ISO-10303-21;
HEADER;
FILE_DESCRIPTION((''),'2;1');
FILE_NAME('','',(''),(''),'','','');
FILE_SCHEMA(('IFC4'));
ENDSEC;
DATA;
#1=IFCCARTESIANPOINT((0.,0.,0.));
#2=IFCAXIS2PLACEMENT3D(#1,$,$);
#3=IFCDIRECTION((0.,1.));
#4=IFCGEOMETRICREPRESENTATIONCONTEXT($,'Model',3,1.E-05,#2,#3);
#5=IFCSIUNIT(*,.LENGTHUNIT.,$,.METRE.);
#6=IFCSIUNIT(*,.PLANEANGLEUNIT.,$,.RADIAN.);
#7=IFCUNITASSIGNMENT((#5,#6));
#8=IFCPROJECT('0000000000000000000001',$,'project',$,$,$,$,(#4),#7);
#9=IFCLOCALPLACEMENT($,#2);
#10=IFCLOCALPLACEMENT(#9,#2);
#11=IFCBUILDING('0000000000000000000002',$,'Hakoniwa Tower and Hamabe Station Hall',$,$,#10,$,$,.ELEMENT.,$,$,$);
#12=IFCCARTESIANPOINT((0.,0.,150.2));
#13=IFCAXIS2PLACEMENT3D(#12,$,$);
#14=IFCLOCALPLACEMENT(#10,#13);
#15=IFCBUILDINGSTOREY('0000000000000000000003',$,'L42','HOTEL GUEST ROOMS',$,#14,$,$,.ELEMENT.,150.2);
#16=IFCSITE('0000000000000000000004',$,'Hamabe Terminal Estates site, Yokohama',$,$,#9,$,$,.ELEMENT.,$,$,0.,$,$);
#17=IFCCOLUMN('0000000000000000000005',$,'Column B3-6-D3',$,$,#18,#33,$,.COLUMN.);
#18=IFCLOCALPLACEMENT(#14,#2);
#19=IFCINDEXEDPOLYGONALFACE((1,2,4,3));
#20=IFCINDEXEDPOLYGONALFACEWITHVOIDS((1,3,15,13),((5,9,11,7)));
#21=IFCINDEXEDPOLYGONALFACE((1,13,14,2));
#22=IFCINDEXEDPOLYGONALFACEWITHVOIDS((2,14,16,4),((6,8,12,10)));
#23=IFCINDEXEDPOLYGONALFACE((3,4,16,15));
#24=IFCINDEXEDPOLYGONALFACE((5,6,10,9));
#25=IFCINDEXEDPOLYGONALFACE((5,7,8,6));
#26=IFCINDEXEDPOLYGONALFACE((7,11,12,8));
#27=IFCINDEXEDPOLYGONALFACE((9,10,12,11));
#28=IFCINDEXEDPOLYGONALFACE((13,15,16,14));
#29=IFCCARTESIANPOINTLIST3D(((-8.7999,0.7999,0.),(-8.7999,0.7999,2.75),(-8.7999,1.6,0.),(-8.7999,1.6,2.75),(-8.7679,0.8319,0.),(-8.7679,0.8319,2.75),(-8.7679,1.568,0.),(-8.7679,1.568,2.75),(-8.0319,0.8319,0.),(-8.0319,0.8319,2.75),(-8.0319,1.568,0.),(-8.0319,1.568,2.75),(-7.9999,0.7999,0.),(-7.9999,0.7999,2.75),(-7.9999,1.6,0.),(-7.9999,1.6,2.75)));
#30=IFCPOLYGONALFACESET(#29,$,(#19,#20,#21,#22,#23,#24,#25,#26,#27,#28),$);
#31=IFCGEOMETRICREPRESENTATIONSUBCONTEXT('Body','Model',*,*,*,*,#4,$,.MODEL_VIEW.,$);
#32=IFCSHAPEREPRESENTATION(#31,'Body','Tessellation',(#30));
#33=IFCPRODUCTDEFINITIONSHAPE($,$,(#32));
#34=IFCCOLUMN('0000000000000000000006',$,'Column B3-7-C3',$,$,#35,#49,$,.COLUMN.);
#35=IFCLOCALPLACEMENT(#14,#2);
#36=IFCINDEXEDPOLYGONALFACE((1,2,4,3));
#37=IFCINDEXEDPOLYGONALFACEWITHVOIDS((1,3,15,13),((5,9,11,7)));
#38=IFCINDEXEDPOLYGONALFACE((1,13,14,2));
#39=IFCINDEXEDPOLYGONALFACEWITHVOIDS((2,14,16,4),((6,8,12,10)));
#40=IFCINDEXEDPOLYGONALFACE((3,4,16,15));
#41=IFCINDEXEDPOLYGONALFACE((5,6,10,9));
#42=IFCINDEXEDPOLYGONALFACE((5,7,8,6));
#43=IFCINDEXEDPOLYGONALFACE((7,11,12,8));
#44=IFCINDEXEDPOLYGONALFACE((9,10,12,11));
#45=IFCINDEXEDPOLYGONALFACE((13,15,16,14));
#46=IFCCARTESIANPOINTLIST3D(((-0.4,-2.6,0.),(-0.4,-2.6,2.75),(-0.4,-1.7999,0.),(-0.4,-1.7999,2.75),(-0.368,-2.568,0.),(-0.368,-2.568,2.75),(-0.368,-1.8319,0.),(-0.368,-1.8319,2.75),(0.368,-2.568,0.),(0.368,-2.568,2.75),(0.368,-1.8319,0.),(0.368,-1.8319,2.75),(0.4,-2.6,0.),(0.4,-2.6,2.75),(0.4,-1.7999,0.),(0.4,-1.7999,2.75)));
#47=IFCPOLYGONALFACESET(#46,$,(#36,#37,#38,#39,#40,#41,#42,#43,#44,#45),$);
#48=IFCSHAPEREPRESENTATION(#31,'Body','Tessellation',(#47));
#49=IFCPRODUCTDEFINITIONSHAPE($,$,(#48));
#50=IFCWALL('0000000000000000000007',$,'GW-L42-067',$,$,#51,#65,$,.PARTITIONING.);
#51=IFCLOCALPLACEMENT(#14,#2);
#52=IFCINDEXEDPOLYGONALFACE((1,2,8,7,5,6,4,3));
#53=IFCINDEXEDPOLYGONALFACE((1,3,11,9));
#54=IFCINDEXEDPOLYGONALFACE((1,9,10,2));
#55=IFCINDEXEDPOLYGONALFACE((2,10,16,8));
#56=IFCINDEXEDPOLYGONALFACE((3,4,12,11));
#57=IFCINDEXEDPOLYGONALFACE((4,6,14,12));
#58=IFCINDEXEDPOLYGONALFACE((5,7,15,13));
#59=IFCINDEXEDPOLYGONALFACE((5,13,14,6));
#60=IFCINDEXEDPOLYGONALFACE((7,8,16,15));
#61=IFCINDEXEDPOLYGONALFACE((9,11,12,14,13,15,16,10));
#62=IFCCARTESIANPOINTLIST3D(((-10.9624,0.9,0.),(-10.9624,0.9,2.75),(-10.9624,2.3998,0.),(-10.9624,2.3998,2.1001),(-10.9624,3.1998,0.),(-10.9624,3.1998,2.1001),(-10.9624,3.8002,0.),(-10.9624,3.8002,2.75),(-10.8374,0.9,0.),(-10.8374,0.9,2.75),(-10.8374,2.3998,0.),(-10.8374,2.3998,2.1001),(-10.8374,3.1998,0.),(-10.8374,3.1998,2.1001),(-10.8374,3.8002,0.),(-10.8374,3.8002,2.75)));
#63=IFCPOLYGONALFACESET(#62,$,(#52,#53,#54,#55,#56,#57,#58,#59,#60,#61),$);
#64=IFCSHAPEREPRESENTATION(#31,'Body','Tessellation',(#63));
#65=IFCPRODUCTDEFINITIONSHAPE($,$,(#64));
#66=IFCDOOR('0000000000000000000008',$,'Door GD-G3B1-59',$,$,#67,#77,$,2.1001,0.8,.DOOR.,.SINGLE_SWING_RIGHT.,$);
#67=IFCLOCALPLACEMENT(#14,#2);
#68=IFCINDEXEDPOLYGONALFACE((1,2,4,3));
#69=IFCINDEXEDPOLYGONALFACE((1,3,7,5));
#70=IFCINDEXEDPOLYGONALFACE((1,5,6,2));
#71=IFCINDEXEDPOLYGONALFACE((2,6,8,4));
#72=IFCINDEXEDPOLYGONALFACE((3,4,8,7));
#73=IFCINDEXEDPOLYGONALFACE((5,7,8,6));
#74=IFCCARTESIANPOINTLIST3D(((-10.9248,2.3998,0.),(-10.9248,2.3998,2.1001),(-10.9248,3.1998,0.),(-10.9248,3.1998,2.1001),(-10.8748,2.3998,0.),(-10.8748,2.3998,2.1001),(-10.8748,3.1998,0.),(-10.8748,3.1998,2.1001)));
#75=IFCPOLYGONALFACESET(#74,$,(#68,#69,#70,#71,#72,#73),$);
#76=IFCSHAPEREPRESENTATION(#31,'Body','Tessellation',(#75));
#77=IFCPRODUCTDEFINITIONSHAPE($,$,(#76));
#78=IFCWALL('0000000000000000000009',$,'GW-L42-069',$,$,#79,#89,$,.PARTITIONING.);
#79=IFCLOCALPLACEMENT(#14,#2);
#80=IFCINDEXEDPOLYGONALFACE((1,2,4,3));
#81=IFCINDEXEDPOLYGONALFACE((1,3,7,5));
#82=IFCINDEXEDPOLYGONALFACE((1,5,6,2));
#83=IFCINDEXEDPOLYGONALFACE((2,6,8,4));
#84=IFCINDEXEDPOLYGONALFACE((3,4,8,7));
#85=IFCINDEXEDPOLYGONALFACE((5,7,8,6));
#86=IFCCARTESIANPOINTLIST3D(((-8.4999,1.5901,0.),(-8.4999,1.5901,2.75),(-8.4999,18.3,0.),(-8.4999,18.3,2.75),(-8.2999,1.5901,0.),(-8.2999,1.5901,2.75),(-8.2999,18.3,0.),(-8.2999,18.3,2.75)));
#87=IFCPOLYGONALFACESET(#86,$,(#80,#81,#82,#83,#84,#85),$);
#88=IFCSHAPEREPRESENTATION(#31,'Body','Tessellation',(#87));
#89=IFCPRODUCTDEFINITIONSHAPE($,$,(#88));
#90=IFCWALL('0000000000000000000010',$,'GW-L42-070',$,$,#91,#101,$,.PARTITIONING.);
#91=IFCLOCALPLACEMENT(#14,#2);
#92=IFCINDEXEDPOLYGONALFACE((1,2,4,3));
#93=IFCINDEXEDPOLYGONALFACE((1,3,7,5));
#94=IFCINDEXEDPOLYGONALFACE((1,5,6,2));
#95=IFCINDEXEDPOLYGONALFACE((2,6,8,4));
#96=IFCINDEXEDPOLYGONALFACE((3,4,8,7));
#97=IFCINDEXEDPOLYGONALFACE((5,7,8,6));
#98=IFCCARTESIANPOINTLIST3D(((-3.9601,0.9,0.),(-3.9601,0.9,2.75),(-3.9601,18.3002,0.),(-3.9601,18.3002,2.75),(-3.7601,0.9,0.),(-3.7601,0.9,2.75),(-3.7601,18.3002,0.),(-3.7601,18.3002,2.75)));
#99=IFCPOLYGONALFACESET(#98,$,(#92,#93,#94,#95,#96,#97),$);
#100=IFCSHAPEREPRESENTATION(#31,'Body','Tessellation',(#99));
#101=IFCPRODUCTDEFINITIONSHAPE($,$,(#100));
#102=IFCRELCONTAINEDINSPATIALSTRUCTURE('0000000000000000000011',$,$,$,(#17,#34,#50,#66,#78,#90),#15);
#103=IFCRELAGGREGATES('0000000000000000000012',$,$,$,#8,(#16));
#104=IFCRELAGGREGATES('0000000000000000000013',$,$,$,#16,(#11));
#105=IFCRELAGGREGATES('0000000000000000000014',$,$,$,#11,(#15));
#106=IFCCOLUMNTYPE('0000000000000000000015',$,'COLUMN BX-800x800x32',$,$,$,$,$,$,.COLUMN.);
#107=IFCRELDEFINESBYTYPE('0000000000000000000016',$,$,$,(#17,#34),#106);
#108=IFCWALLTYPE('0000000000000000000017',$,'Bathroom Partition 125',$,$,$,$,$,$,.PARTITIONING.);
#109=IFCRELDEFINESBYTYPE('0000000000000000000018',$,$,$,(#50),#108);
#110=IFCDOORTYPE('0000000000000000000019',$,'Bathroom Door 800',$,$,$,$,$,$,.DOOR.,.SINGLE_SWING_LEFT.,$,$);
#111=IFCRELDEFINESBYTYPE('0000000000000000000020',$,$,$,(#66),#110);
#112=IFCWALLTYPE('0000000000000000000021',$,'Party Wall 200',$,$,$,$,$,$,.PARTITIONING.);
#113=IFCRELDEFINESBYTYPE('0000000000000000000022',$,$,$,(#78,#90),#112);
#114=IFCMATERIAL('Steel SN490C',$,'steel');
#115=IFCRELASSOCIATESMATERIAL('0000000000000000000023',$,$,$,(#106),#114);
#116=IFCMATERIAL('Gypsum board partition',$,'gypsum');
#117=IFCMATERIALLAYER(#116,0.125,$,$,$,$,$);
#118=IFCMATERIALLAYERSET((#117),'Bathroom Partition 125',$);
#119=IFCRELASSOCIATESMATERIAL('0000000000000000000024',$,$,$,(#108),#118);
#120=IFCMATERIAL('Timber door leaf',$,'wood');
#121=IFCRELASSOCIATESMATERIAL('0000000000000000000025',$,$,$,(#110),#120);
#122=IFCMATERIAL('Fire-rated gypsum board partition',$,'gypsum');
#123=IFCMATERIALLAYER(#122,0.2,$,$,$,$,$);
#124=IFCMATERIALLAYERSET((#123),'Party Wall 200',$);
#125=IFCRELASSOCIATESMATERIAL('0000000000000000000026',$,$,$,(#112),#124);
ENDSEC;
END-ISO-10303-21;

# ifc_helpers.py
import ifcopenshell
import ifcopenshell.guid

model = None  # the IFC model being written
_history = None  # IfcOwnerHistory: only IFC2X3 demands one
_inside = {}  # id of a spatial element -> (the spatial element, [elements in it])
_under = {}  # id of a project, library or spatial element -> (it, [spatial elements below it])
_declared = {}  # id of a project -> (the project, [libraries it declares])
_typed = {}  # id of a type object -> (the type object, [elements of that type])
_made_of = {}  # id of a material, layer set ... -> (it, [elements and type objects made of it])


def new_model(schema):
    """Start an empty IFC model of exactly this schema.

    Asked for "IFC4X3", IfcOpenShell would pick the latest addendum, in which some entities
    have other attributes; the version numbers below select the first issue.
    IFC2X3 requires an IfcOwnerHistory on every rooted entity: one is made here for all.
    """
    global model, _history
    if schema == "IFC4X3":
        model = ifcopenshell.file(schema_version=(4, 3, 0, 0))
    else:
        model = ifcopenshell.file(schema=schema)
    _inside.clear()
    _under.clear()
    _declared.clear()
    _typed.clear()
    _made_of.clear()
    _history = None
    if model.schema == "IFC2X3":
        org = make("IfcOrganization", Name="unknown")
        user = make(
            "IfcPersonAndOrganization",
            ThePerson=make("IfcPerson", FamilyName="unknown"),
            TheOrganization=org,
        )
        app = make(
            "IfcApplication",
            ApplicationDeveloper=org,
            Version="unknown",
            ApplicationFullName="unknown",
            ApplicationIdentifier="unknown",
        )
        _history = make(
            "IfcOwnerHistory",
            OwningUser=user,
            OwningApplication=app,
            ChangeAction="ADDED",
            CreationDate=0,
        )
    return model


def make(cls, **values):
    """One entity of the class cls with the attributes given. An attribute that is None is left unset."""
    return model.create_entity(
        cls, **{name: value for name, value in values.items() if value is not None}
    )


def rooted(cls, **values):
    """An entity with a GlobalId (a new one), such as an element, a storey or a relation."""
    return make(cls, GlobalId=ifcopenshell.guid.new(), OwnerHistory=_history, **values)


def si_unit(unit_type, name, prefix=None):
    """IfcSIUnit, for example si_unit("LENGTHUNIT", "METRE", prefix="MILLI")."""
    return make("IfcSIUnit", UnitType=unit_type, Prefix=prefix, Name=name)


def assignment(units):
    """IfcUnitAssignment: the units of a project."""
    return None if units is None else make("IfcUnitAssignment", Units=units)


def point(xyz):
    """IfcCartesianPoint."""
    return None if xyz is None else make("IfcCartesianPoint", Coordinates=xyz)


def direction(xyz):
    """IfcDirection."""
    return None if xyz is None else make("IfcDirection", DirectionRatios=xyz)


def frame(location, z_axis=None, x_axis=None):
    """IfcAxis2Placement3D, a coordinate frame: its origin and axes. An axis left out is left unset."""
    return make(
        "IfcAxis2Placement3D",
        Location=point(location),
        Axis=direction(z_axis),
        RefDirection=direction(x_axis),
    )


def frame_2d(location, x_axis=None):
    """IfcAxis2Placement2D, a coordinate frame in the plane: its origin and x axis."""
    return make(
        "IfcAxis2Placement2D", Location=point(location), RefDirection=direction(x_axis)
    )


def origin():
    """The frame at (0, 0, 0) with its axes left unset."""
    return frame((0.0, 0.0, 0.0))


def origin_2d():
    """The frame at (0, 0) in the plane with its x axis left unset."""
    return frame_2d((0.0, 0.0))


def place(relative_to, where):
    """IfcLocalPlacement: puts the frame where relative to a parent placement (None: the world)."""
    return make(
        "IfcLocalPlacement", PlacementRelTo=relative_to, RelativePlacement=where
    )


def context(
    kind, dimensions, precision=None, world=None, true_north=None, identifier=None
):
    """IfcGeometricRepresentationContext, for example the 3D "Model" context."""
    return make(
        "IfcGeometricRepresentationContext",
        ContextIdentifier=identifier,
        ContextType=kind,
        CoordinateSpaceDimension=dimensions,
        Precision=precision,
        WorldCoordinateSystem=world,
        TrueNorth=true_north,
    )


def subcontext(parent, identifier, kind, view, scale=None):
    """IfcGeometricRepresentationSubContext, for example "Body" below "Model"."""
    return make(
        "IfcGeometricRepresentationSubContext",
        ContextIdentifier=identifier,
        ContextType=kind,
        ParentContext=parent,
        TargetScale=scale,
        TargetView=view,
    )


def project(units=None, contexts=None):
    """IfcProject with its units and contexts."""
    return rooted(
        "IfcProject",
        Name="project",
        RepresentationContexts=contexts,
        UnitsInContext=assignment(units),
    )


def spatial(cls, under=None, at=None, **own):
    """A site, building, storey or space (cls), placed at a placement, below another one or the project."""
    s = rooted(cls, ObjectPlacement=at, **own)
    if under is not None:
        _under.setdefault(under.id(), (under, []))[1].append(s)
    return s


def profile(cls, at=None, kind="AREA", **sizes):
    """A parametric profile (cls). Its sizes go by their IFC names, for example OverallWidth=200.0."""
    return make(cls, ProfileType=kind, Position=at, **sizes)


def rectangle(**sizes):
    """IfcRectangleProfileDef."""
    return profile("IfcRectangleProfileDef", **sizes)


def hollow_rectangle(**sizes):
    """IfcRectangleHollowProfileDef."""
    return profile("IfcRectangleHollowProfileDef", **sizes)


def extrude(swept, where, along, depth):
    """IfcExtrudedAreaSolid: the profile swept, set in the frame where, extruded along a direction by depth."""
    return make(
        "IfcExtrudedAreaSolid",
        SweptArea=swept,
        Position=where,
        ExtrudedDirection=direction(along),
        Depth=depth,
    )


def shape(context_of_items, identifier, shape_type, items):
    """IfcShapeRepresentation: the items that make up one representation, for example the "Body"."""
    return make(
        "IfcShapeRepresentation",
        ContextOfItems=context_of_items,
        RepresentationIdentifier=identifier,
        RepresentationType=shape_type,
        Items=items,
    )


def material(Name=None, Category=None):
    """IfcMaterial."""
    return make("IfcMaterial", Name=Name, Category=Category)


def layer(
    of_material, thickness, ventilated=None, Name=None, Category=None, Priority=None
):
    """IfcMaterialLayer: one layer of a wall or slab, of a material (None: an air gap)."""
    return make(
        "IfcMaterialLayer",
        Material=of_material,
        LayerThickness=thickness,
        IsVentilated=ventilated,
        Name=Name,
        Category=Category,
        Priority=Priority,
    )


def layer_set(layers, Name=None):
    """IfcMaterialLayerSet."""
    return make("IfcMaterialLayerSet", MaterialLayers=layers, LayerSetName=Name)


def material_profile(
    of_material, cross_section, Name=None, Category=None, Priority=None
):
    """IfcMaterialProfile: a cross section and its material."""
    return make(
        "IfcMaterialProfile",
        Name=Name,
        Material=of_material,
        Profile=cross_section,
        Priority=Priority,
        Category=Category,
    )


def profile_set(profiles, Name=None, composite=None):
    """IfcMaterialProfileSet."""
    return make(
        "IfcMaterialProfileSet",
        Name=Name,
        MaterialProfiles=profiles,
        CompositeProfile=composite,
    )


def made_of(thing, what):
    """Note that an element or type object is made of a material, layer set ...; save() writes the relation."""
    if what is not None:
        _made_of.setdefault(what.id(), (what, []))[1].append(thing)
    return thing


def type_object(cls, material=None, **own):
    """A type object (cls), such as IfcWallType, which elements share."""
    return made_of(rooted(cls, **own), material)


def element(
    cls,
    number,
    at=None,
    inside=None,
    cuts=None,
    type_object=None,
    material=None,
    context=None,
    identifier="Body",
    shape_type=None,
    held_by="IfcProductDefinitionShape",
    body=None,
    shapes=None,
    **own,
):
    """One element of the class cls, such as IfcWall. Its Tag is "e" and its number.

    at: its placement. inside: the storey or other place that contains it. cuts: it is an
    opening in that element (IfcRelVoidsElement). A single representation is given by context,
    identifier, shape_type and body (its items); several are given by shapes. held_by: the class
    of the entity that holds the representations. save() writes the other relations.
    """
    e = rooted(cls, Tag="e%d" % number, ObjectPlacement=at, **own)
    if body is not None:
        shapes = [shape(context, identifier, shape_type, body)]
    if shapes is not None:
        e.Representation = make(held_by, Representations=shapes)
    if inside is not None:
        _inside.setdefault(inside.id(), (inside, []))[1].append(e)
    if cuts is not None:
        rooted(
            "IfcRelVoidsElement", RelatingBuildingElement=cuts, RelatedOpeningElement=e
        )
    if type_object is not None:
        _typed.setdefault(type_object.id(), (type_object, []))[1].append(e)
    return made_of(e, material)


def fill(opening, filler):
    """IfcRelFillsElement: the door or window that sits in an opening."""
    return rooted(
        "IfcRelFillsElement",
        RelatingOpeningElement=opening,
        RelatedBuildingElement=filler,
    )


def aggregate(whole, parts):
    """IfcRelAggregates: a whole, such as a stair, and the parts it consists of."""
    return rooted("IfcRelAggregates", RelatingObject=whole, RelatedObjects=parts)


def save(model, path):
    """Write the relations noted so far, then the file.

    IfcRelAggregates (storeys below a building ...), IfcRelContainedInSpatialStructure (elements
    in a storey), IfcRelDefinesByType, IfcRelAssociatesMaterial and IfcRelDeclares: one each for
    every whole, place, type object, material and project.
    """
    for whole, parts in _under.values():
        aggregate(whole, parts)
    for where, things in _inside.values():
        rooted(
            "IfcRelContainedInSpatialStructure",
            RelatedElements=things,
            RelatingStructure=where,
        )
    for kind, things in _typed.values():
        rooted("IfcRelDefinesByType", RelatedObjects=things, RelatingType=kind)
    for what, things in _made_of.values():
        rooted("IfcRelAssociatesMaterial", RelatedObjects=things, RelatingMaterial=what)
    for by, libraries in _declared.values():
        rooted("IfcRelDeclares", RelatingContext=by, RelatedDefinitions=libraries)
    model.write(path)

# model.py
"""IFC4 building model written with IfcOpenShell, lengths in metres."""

from ifc_helpers import new_model, si_unit, direction, frame, frame_2d, origin, origin_2d, place, context, subcontext, project, spatial, rectangle, hollow_rectangle, extrude, material, layer, layer_set, material_profile, profile_set, type_object, element, fill, save


model = new_model("IFC4")

# Units and contexts
model_context = context("Model", 3, precision=1e-05, world=origin(), true_north=direction((0.0, 1.0)))
body_context = subcontext(model_context, "Body", "Model", "MODEL_VIEW")
ifc_project = project(units=[si_unit("LENGTHUNIT", "METRE"), si_unit("PLANEANGLEUNIT", "RADIAN")], contexts=[model_context])

# Site, building, storey
site_placement = place(None, origin())
site = spatial("IfcSite", under=ifc_project, at=site_placement, Name="Hamabe Terminal Estates site, Yokohama", CompositionType="ELEMENT", RefElevation=0.0)
building_placement = place(site_placement, origin())
building = spatial("IfcBuilding", under=site, at=building_placement, Name="Hakoniwa Tower and Hamabe Station Hall", CompositionType="ELEMENT")
storey_placement = place(building_placement, frame((0.0, 0.0, 150.2)))
storey = spatial("IfcBuildingStorey", under=building, at=storey_placement, Name="L42", Description="HOTEL GUEST ROOMS", CompositionType="ELEMENT", Elevation=150.2)

# Columns
ifc_material_1 = material(Name="Steel SN490C", Category="steel")
ifc_material_profile = material_profile(ifc_material_1, hollow_rectangle(XDim=0.8, YDim=0.8, WallThickness=0.032, at=origin_2d()), Name="BX-800x800x32")
ifc_profile_set = profile_set([ifc_material_profile], Name="Steel SN490C")
column_type = type_object("IfcColumnType", Name="COLUMN BX-800x800x32", PredefinedType="COLUMN", material=ifc_profile_set)
for number, where, z_axis, x_axis, name in (
    (1, (-8.3999, 1.2, 0.0), (0.0, 0.0, 1.0), (1.0, 0.0, 0.0), "Column B3-6-D3"),
    (2, (0.0, -2.2, 0.0), (0.0, 0.0, 1.0), (1.0, 0.0, 0.0), "Column B3-7-C3"),
):
    element("IfcColumn", number, at=place(storey_placement, frame(where, z_axis=z_axis, x_axis=x_axis)), inside=storey, type_object=column_type, Name=name, PredefinedType="COLUMN", context=body_context, shape_type="SweptSolid", body=[
        extrude(hollow_rectangle(XDim=0.8, YDim=0.8, WallThickness=0.032, at=origin_2d()), origin(), (0.0, 0.0, 1.0), 2.75),
    ])

# Wall, opening, door
ifc_material_2 = material(Name="Gypsum board partition", Category="gypsum")
ifc_layer_1 = layer(ifc_material_2, 0.125)
ifc_layer_set_1 = layer_set([ifc_layer_1], Name="Bathroom Partition 125")
wall_type_1 = type_object("IfcWallType", Name="Bathroom Partition 125", PredefinedType="PARTITIONING", material=ifc_layer_set_1)
wall_1_placement = place(storey_placement, frame((-10.8999, 0.8999, 0.0), z_axis=(0.0, 0.0, 1.0), x_axis=(0.0, 1.0, 0.0)))
wall_1 = element("IfcWall", 3, at=wall_1_placement, inside=storey, type_object=wall_type_1, Name="GW-L42-067", PredefinedType="PARTITIONING", context=body_context, shape_type="SweptSolid", body=[
    extrude(rectangle(XDim=2.9001, YDim=0.125, at=frame_2d((1.4502, 0.0))), origin(), (0.0, 0.0, 1.0), 2.75),
])
opening_placement = place(wall_1_placement, frame((1.5, 0.0, 0.0)))
opening = element("IfcOpeningElement", 4, at=opening_placement, cuts=wall_1, PredefinedType="OPENING", context=body_context, shape_type="SweptSolid", body=[
    extrude(rectangle(XDim=0.8, YDim=2.1001, at=frame_2d((0.3999, 1.05))), frame((0.0, 0.0725, 0.0), z_axis=(0.0, -1.0, 0.0), x_axis=(1.0, 0.0, 0.0)), (0.0, 0.0, 1.0), 0.145),
])
ifc_material_3 = material(Name="Timber door leaf", Category="wood")
door_type = type_object("IfcDoorType", Name="Bathroom Door 800", OperationType="SINGLE_SWING_LEFT", PredefinedType="DOOR", material=ifc_material_3)
door_placement = place(opening_placement, origin())
door = element("IfcDoor", 5, at=door_placement, inside=storey, type_object=door_type, Name="Door GD-G3B1-59", OperationType="SINGLE_SWING_RIGHT", OverallHeight=2.1001, OverallWidth=0.8, PredefinedType="DOOR", context=body_context, shape_type="SweptSolid", body=[
    extrude(rectangle(XDim=0.8, YDim=2.1001, at=frame_2d((0.3999, 1.05))), frame((0.0, 0.0249, 0.0), z_axis=(0.0, -1.0, 0.0), x_axis=(1.0, 0.0, 0.0)), (0.0, 0.0, 1.0), 0.05),
])
fill(opening, door)

# Walls
ifc_material_4 = material(Name="Fire-rated gypsum board partition", Category="gypsum")
ifc_layer_2 = layer(ifc_material_4, 0.2)
ifc_layer_set_2 = layer_set([ifc_layer_2], Name="Party Wall 200")
wall_type_2 = type_object("IfcWallType", Name="Party Wall 200", PredefinedType="PARTITIONING", material=ifc_layer_set_2)
wall_2_placement = place(storey_placement, frame((-8.3999, 1.5901, 0.0), z_axis=(0.0, 0.0, 1.0), x_axis=(0.0, 1.0, 0.0)))
element("IfcWall", 6, at=wall_2_placement, inside=storey, type_object=wall_type_2, Name="GW-L42-069", PredefinedType="PARTITIONING", context=body_context, shape_type="SweptSolid", body=[
    extrude(rectangle(XDim=16.71, YDim=0.2, at=frame_2d((8.355, 0.0))), origin(), (0.0, 0.0, 1.0), 2.75),
])
wall_3_placement = place(storey_placement, frame((-3.8601, 0.8999, 0.0), z_axis=(0.0, 0.0, 1.0), x_axis=(0.0, 1.0, 0.0)))
element("IfcWall", 7, at=wall_3_placement, inside=storey, type_object=wall_type_2, Name="GW-L42-070", PredefinedType="PARTITIONING", context=body_context, shape_type="SweptSolid", body=[
    extrude(rectangle(XDim=17.4001, YDim=0.2, at=frame_2d((8.7002, 0.0))), origin(), (0.0, 0.0, 1.0), 2.75),
])

save(model, "model.ifc")
